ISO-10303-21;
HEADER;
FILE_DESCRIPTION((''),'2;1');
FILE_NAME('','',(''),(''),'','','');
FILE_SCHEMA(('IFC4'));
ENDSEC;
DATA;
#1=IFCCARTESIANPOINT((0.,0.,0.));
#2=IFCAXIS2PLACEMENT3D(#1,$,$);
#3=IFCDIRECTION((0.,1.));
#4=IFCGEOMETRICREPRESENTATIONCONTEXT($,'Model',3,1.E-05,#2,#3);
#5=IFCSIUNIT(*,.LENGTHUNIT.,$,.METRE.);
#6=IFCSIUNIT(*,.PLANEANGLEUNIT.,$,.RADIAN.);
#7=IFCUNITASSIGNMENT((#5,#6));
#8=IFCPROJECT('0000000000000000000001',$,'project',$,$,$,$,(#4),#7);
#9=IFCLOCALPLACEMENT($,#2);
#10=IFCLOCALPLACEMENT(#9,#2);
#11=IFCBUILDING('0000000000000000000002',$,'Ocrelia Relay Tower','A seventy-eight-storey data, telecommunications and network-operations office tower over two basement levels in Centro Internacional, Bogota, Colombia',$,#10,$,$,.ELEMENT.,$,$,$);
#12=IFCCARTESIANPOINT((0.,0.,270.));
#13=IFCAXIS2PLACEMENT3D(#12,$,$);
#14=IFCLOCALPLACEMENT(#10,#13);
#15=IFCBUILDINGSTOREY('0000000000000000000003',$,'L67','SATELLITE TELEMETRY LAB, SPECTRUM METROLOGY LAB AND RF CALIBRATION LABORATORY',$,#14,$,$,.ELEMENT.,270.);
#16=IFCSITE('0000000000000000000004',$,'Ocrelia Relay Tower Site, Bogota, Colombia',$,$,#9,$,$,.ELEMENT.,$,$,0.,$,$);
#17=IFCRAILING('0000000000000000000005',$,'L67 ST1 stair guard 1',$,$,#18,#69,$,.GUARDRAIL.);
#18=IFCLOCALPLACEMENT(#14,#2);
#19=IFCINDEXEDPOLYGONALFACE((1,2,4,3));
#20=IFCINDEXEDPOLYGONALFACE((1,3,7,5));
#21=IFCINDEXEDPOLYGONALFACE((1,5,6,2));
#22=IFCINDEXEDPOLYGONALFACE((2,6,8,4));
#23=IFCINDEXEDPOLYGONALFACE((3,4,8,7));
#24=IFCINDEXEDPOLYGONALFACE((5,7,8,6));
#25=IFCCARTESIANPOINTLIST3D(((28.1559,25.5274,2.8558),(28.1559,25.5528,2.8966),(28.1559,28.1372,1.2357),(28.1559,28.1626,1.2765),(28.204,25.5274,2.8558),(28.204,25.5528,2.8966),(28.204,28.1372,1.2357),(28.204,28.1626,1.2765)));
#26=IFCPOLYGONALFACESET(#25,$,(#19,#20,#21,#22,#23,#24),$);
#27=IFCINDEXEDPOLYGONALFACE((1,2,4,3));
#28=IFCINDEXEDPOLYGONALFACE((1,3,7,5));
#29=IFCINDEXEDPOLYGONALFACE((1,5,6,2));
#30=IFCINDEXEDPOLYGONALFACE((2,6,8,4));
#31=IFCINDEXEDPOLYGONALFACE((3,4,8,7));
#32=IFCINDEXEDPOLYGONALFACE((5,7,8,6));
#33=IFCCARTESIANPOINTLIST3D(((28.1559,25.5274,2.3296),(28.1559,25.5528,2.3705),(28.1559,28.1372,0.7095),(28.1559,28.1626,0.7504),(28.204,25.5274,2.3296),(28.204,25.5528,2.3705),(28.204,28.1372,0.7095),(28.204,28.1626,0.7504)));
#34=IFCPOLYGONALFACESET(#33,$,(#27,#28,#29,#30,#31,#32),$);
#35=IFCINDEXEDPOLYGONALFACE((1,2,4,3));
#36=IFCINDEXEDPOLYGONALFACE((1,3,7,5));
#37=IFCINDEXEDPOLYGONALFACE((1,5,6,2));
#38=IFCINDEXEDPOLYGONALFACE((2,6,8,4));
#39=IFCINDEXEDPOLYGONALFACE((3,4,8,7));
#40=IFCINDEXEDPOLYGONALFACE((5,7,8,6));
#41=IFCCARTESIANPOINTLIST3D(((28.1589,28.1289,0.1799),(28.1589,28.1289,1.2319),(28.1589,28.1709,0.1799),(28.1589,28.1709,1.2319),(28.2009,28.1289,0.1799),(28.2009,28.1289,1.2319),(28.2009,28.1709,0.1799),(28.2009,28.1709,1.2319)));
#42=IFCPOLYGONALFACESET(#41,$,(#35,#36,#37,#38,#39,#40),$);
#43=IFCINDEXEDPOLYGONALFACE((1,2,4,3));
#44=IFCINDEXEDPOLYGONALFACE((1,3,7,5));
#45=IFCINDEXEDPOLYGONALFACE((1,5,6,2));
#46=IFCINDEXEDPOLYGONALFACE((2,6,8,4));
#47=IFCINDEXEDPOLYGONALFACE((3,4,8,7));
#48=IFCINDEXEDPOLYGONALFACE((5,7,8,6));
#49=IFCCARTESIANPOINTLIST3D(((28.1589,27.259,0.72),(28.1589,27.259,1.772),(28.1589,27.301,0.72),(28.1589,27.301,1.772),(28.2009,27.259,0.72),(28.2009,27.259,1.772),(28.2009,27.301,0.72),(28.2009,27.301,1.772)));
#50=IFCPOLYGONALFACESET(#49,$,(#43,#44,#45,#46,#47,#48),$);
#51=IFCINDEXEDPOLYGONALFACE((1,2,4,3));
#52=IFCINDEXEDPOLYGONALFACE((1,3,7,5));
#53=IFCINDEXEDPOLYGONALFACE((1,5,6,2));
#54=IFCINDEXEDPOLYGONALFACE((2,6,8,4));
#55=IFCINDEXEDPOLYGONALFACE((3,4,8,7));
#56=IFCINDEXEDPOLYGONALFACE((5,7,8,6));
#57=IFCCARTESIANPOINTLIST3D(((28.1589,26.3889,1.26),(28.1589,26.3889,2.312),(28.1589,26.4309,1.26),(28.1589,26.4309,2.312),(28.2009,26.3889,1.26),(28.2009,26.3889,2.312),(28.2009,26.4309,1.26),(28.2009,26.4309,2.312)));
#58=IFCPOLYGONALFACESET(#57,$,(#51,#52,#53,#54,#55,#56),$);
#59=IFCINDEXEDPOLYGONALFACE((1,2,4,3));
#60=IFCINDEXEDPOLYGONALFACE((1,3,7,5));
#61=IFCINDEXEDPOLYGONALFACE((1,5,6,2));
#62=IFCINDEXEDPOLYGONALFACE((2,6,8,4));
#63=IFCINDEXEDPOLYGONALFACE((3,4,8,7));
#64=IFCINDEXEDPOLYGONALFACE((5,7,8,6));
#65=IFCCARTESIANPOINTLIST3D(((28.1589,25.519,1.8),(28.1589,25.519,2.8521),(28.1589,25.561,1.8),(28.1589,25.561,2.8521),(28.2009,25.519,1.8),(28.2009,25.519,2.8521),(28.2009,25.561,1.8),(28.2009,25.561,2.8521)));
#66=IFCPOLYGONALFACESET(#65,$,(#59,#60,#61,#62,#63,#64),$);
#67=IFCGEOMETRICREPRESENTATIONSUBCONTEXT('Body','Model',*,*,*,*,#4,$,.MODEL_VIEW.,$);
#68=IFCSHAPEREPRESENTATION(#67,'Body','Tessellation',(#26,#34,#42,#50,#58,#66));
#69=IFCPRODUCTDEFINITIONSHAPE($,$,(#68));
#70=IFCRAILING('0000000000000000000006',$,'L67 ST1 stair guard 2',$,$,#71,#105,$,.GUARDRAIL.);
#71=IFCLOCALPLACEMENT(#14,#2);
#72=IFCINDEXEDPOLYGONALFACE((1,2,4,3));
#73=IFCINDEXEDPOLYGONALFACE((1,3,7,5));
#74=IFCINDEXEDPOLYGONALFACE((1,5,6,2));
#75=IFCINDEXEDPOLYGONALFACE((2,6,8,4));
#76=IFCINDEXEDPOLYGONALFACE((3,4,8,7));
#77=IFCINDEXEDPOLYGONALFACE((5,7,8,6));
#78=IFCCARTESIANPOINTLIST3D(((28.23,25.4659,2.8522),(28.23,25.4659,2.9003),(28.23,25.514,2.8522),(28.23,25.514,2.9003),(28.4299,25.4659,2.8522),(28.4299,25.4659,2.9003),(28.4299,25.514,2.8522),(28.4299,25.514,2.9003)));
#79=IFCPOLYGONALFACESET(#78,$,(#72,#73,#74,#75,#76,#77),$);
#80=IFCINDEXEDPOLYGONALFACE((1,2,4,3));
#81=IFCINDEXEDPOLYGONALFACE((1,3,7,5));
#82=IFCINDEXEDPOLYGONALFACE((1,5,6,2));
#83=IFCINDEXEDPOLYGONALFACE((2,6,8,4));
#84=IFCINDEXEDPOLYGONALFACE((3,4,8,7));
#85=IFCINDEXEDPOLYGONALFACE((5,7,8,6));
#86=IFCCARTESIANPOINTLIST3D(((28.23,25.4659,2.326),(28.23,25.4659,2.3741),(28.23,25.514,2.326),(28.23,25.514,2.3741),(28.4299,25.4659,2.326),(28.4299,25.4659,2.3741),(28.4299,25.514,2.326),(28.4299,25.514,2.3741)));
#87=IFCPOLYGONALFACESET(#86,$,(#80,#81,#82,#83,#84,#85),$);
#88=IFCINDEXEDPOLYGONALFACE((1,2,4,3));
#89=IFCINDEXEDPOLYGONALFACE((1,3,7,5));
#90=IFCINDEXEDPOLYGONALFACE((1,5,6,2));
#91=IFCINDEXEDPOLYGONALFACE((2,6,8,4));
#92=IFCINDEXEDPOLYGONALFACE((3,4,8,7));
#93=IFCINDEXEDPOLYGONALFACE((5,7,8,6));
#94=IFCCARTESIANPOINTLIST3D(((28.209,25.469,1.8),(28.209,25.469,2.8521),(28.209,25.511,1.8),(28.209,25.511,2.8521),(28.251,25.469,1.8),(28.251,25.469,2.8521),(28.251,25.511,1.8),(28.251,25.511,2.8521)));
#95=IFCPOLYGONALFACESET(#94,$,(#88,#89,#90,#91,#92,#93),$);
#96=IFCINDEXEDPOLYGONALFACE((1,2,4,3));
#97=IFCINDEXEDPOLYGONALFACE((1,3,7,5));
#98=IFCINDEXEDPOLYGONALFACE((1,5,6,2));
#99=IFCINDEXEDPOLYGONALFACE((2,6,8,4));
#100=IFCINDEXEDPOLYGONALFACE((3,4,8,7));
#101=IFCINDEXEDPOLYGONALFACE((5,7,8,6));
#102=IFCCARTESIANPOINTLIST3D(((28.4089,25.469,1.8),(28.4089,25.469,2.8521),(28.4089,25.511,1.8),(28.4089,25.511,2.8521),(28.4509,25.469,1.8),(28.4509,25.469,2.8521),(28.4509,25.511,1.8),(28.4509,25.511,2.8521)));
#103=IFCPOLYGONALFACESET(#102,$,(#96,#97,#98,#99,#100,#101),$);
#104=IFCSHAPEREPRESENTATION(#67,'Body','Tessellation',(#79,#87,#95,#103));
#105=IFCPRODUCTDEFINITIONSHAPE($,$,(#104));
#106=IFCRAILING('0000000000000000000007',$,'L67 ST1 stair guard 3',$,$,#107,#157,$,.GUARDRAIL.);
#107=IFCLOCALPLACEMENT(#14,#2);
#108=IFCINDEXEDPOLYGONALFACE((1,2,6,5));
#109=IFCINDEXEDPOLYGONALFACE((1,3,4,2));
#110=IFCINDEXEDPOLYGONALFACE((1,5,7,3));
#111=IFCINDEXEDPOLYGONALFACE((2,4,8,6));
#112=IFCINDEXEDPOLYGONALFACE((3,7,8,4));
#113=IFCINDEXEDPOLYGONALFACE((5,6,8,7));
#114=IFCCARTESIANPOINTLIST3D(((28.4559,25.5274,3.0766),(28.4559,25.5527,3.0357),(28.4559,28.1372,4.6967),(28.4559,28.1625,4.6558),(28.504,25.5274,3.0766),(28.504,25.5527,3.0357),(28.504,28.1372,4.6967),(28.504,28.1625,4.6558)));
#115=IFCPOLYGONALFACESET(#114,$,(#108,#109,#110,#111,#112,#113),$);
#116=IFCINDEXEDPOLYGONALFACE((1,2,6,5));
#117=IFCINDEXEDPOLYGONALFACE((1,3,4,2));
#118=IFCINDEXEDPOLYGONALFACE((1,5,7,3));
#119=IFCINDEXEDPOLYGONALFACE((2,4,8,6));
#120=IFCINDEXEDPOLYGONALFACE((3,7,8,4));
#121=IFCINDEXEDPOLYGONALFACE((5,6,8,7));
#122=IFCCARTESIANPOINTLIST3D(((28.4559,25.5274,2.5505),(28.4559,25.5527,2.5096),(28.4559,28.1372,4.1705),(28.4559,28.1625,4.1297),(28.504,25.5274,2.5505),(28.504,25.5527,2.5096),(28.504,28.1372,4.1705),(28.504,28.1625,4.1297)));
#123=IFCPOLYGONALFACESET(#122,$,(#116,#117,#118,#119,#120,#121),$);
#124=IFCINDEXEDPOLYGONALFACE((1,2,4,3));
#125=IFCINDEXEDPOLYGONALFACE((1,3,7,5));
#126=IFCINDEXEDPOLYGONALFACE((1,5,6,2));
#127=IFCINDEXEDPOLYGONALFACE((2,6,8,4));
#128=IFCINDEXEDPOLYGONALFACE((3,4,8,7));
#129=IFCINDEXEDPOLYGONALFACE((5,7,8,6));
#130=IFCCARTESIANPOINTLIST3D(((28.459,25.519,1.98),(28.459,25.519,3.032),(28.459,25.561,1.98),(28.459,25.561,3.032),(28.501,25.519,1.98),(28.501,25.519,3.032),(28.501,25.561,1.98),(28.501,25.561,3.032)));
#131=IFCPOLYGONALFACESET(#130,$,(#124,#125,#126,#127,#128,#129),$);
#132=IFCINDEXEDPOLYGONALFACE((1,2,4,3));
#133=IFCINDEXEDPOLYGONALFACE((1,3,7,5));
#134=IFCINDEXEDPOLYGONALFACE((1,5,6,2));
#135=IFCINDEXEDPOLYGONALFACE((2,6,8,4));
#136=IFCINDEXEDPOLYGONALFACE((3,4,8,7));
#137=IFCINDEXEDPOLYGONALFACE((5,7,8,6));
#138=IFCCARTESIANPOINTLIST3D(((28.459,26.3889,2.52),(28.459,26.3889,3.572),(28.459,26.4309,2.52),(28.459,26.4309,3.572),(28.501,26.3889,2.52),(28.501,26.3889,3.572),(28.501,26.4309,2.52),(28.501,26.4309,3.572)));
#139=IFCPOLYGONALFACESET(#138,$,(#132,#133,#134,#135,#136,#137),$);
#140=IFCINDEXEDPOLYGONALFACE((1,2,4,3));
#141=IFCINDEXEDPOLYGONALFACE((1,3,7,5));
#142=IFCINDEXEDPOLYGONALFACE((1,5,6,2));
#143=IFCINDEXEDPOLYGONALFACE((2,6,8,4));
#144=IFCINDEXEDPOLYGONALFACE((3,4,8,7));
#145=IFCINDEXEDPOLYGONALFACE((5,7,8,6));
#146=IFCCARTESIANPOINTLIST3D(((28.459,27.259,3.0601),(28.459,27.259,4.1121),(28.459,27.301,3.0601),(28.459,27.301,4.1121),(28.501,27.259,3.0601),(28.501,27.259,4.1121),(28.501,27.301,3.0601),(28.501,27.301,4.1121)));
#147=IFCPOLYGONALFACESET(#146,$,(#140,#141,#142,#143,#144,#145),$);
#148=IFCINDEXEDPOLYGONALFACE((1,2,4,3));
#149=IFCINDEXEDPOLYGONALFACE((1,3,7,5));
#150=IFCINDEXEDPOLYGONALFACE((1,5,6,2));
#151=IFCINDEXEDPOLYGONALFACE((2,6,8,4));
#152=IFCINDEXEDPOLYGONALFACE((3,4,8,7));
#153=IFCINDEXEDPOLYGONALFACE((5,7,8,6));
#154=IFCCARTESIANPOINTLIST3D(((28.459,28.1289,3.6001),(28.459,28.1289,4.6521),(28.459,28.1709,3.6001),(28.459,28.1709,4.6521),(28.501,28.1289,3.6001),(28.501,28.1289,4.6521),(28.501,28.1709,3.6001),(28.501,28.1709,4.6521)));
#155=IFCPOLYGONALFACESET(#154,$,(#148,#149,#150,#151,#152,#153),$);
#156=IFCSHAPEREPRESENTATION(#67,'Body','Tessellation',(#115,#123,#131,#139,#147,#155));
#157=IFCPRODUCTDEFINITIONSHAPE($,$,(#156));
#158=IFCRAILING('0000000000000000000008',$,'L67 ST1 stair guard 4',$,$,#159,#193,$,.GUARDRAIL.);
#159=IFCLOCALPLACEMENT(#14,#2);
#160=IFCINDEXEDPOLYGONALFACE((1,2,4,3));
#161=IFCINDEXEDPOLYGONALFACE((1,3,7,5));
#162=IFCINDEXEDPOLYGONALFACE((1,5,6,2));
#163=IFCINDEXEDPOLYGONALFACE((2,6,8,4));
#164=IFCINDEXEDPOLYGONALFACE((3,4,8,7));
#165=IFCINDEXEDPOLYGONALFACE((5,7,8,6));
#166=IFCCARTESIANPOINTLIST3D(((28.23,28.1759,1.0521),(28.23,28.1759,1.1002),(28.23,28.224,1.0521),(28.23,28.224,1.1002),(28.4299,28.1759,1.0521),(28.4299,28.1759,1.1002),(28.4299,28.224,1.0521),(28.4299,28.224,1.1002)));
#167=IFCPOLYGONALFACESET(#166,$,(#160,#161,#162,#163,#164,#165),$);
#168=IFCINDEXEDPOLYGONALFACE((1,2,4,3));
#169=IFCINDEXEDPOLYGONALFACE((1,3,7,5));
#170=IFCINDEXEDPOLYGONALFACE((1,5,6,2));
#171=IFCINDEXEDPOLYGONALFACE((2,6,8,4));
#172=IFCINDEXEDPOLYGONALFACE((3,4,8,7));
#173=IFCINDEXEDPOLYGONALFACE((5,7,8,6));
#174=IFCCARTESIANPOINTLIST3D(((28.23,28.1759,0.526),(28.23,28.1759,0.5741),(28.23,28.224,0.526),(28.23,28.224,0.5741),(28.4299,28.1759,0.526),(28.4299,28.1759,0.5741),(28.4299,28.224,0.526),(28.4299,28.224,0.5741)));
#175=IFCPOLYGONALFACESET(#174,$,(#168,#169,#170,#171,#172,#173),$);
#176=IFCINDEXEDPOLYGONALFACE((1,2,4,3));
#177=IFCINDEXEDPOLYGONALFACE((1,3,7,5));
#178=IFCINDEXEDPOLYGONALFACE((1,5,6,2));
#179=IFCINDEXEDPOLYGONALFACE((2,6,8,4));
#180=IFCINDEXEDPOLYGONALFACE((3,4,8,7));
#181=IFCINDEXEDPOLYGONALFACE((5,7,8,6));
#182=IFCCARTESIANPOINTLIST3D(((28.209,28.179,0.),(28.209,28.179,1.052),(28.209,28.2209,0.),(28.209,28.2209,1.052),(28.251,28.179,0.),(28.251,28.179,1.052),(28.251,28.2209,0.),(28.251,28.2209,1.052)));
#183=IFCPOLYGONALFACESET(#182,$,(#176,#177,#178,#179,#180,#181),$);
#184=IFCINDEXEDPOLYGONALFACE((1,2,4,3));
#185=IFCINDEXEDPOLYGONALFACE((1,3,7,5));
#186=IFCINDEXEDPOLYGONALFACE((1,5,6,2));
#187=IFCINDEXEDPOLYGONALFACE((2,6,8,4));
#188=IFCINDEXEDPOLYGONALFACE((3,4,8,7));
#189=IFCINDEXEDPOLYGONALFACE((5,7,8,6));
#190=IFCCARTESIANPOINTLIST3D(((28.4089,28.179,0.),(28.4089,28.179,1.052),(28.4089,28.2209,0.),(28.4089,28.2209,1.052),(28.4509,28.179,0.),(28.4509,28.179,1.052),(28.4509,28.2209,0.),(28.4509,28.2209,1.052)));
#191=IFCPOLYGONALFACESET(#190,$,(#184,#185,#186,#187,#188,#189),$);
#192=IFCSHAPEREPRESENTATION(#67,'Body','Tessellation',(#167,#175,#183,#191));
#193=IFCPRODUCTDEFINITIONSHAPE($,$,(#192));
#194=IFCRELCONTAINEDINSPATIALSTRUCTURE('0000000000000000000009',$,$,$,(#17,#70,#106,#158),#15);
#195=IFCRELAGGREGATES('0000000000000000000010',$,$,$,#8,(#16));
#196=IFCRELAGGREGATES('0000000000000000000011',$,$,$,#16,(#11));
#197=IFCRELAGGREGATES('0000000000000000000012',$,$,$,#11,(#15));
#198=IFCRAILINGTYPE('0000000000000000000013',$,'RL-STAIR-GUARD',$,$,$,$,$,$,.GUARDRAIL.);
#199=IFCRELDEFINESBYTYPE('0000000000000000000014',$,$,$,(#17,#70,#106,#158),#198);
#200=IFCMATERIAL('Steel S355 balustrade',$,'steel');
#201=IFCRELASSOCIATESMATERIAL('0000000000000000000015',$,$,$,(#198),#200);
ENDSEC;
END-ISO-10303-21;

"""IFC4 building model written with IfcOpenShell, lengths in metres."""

from ifc_helpers import new_model, si_unit, direction, frame, origin, origin_2d, place, context, subcontext, project, spatial, rectangle, extrude, material, type_object, element, save


model = new_model("IFC4")

# Units and contexts
model_context = context("Model", 3, precision=1e-05, world=origin(), true_north=direction((0.0, 1.0)))
body_context = subcontext(model_context, "Body", "Model", "MODEL_VIEW")
ifc_project = project(units=[si_unit("LENGTHUNIT", "METRE"), si_unit("PLANEANGLEUNIT", "RADIAN")], contexts=[model_context])

# Site, building, storey
site_placement = place(None, origin())
site = spatial("IfcSite", under=ifc_project, at=site_placement, Name="Ocrelia Relay Tower Site, Bogota, Colombia", CompositionType="ELEMENT", RefElevation=0.0)
building_placement = place(site_placement, origin())
building = spatial("IfcBuilding", under=site, at=building_placement, Name="Ocrelia Relay Tower", Description="A seventy-eight-storey data, telecommunications and network-operations office tower over two basement levels in Centro Internacional, Bogota, Colombia", CompositionType="ELEMENT")
storey_placement = place(building_placement, frame((0.0, 0.0, 270.0)))
storey = spatial("IfcBuildingStorey", under=building, at=storey_placement, Name="L67", Description="SATELLITE TELEMETRY LAB, SPECTRUM METROLOGY LAB AND RF CALIBRATION LABORATORY", CompositionType="ELEMENT", Elevation=270.0)

# Railings
ifc_material_1 = material(Name="Steel S355 balustrade", Category="steel")
railing_type_1 = type_object("IfcRailingType", Name="RL-STAIR-GUARD", PredefinedType="GUARDRAIL", material=ifc_material_1)
railing_1_placement = place(storey_placement, frame((28.1799, 28.1499, 0.1799)))
element("IfcRailing", 1, at=railing_1_placement, inside=storey, type_object=railing_type_1, Name="L67 ST1 stair guard 1", PredefinedType="GUARDRAIL", context=body_context, shape_type="SweptSolid", body=[
    extrude(rectangle(XDim=0.0481, YDim=0.0481, at=origin_2d()), frame((0.0, 0.0, 1.0762), z_axis=(0.0, -0.849611, 0.52741), x_axis=(1.0, 0.0, 0.0)), (0.0, 0.0, 1.0), 3.0718),
    extrude(rectangle(XDim=0.0481, YDim=0.0481, at=origin_2d()), frame((0.0, 0.0, 0.55), z_axis=(0.0, -0.849611, 0.52741), x_axis=(1.0, 0.0, 0.0)), (0.0, 0.0, 1.0), 3.0718),
    extrude(rectangle(XDim=0.042, YDim=0.042, at=origin_2d()), origin(), (0.0, 0.0, 1.0), 1.052),
    extrude(rectangle(XDim=0.042, YDim=0.042, at=origin_2d()), frame((0.0, -0.8699, 0.54)), (0.0, 0.0, 1.0), 1.052),
    extrude(rectangle(XDim=0.042, YDim=0.042, at=origin_2d()), frame((0.0, -1.74, 1.0801)), (0.0, 0.0, 1.0), 1.052),
    extrude(rectangle(XDim=0.042, YDim=0.042, at=origin_2d()), frame((0.0, -2.6099, 1.6201)), (0.0, 0.0, 1.0), 1.052),
])
railing_2_placement = place(storey_placement, frame((28.23, 25.49, 1.8)))
element("IfcRailing", 2, at=railing_2_placement, inside=storey, type_object=railing_type_1, Name="L67 ST1 stair guard 2", PredefinedType="GUARDRAIL", context=body_context, shape_type="SweptSolid", body=[
    extrude(rectangle(XDim=0.0481, YDim=0.0481, at=origin_2d()), frame((0.0, 0.0, 1.0762), z_axis=(1.0, 0.0, 0.0), x_axis=(0.0, 1.0, 0.0)), (0.0, 0.0, 1.0), 0.2),
    extrude(rectangle(XDim=0.0481, YDim=0.0481, at=origin_2d()), frame((0.0, 0.0, 0.55), z_axis=(1.0, 0.0, 0.0), x_axis=(0.0, 1.0, 0.0)), (0.0, 0.0, 1.0), 0.2),
    extrude(rectangle(XDim=0.042, YDim=0.042, at=origin_2d()), origin(), (0.0, 0.0, 1.0), 1.052),
    extrude(rectangle(XDim=0.042, YDim=0.042, at=origin_2d()), frame((0.2, 0.0, 0.0)), (0.0, 0.0, 1.0), 1.052),
])
railing_3_placement = place(storey_placement, frame((28.48, 25.54, 1.98)))
element("IfcRailing", 3, at=railing_3_placement, inside=storey, type_object=railing_type_1, Name="L67 ST1 stair guard 3", PredefinedType="GUARDRAIL", context=body_context, shape_type="SweptSolid", body=[
    extrude(rectangle(XDim=0.0481, YDim=0.0481, at=origin_2d()), frame((0.0, 0.0, 1.0762), z_axis=(0.0, 0.849611, 0.52741), x_axis=(-1.0, 0.0, 0.0)), (0.0, 0.0, 1.0), 3.0718),
    extrude(rectangle(XDim=0.0481, YDim=0.0481, at=origin_2d()), frame((0.0, 0.0, 0.55), z_axis=(0.0, 0.849611, 0.52741), x_axis=(-1.0, 0.0, 0.0)), (0.0, 0.0, 1.0), 3.0718),
    extrude(rectangle(XDim=0.042, YDim=0.042, at=origin_2d()), origin(), (0.0, 0.0, 1.0), 1.052),
    extrude(rectangle(XDim=0.042, YDim=0.042, at=origin_2d()), frame((0.0, 0.8699, 0.54)), (0.0, 0.0, 1.0), 1.052),
    extrude(rectangle(XDim=0.042, YDim=0.042, at=origin_2d()), frame((0.0, 1.74, 1.0801)), (0.0, 0.0, 1.0), 1.052),
    extrude(rectangle(XDim=0.042, YDim=0.042, at=origin_2d()), frame((0.0, 2.6099, 1.6201)), (0.0, 0.0, 1.0), 1.052),
])
railing_4_placement = place(storey_placement, frame((28.23, 28.2, 0.0)))
element("IfcRailing", 4, at=railing_4_placement, inside=storey, type_object=railing_type_1, Name="L67 ST1 stair guard 4", PredefinedType="GUARDRAIL", context=body_context, shape_type="SweptSolid", body=[
    extrude(rectangle(XDim=0.0481, YDim=0.0481, at=origin_2d()), frame((0.0, 0.0, 1.0762), z_axis=(1.0, 0.0, 0.0), x_axis=(0.0, 1.0, 0.0)), (0.0, 0.0, 1.0), 0.2),
    extrude(rectangle(XDim=0.0481, YDim=0.0481, at=origin_2d()), frame((0.0, 0.0, 0.55), z_axis=(1.0, 0.0, 0.0), x_axis=(0.0, 1.0, 0.0)), (0.0, 0.0, 1.0), 0.2),
    extrude(rectangle(XDim=0.042, YDim=0.042, at=origin_2d()), origin(), (0.0, 0.0, 1.0), 1.052),
    extrude(rectangle(XDim=0.042, YDim=0.042, at=origin_2d()), frame((0.2, 0.0, 0.0)), (0.0, 0.0, 1.0), 1.052),
])

save(model, "model.ifc")
